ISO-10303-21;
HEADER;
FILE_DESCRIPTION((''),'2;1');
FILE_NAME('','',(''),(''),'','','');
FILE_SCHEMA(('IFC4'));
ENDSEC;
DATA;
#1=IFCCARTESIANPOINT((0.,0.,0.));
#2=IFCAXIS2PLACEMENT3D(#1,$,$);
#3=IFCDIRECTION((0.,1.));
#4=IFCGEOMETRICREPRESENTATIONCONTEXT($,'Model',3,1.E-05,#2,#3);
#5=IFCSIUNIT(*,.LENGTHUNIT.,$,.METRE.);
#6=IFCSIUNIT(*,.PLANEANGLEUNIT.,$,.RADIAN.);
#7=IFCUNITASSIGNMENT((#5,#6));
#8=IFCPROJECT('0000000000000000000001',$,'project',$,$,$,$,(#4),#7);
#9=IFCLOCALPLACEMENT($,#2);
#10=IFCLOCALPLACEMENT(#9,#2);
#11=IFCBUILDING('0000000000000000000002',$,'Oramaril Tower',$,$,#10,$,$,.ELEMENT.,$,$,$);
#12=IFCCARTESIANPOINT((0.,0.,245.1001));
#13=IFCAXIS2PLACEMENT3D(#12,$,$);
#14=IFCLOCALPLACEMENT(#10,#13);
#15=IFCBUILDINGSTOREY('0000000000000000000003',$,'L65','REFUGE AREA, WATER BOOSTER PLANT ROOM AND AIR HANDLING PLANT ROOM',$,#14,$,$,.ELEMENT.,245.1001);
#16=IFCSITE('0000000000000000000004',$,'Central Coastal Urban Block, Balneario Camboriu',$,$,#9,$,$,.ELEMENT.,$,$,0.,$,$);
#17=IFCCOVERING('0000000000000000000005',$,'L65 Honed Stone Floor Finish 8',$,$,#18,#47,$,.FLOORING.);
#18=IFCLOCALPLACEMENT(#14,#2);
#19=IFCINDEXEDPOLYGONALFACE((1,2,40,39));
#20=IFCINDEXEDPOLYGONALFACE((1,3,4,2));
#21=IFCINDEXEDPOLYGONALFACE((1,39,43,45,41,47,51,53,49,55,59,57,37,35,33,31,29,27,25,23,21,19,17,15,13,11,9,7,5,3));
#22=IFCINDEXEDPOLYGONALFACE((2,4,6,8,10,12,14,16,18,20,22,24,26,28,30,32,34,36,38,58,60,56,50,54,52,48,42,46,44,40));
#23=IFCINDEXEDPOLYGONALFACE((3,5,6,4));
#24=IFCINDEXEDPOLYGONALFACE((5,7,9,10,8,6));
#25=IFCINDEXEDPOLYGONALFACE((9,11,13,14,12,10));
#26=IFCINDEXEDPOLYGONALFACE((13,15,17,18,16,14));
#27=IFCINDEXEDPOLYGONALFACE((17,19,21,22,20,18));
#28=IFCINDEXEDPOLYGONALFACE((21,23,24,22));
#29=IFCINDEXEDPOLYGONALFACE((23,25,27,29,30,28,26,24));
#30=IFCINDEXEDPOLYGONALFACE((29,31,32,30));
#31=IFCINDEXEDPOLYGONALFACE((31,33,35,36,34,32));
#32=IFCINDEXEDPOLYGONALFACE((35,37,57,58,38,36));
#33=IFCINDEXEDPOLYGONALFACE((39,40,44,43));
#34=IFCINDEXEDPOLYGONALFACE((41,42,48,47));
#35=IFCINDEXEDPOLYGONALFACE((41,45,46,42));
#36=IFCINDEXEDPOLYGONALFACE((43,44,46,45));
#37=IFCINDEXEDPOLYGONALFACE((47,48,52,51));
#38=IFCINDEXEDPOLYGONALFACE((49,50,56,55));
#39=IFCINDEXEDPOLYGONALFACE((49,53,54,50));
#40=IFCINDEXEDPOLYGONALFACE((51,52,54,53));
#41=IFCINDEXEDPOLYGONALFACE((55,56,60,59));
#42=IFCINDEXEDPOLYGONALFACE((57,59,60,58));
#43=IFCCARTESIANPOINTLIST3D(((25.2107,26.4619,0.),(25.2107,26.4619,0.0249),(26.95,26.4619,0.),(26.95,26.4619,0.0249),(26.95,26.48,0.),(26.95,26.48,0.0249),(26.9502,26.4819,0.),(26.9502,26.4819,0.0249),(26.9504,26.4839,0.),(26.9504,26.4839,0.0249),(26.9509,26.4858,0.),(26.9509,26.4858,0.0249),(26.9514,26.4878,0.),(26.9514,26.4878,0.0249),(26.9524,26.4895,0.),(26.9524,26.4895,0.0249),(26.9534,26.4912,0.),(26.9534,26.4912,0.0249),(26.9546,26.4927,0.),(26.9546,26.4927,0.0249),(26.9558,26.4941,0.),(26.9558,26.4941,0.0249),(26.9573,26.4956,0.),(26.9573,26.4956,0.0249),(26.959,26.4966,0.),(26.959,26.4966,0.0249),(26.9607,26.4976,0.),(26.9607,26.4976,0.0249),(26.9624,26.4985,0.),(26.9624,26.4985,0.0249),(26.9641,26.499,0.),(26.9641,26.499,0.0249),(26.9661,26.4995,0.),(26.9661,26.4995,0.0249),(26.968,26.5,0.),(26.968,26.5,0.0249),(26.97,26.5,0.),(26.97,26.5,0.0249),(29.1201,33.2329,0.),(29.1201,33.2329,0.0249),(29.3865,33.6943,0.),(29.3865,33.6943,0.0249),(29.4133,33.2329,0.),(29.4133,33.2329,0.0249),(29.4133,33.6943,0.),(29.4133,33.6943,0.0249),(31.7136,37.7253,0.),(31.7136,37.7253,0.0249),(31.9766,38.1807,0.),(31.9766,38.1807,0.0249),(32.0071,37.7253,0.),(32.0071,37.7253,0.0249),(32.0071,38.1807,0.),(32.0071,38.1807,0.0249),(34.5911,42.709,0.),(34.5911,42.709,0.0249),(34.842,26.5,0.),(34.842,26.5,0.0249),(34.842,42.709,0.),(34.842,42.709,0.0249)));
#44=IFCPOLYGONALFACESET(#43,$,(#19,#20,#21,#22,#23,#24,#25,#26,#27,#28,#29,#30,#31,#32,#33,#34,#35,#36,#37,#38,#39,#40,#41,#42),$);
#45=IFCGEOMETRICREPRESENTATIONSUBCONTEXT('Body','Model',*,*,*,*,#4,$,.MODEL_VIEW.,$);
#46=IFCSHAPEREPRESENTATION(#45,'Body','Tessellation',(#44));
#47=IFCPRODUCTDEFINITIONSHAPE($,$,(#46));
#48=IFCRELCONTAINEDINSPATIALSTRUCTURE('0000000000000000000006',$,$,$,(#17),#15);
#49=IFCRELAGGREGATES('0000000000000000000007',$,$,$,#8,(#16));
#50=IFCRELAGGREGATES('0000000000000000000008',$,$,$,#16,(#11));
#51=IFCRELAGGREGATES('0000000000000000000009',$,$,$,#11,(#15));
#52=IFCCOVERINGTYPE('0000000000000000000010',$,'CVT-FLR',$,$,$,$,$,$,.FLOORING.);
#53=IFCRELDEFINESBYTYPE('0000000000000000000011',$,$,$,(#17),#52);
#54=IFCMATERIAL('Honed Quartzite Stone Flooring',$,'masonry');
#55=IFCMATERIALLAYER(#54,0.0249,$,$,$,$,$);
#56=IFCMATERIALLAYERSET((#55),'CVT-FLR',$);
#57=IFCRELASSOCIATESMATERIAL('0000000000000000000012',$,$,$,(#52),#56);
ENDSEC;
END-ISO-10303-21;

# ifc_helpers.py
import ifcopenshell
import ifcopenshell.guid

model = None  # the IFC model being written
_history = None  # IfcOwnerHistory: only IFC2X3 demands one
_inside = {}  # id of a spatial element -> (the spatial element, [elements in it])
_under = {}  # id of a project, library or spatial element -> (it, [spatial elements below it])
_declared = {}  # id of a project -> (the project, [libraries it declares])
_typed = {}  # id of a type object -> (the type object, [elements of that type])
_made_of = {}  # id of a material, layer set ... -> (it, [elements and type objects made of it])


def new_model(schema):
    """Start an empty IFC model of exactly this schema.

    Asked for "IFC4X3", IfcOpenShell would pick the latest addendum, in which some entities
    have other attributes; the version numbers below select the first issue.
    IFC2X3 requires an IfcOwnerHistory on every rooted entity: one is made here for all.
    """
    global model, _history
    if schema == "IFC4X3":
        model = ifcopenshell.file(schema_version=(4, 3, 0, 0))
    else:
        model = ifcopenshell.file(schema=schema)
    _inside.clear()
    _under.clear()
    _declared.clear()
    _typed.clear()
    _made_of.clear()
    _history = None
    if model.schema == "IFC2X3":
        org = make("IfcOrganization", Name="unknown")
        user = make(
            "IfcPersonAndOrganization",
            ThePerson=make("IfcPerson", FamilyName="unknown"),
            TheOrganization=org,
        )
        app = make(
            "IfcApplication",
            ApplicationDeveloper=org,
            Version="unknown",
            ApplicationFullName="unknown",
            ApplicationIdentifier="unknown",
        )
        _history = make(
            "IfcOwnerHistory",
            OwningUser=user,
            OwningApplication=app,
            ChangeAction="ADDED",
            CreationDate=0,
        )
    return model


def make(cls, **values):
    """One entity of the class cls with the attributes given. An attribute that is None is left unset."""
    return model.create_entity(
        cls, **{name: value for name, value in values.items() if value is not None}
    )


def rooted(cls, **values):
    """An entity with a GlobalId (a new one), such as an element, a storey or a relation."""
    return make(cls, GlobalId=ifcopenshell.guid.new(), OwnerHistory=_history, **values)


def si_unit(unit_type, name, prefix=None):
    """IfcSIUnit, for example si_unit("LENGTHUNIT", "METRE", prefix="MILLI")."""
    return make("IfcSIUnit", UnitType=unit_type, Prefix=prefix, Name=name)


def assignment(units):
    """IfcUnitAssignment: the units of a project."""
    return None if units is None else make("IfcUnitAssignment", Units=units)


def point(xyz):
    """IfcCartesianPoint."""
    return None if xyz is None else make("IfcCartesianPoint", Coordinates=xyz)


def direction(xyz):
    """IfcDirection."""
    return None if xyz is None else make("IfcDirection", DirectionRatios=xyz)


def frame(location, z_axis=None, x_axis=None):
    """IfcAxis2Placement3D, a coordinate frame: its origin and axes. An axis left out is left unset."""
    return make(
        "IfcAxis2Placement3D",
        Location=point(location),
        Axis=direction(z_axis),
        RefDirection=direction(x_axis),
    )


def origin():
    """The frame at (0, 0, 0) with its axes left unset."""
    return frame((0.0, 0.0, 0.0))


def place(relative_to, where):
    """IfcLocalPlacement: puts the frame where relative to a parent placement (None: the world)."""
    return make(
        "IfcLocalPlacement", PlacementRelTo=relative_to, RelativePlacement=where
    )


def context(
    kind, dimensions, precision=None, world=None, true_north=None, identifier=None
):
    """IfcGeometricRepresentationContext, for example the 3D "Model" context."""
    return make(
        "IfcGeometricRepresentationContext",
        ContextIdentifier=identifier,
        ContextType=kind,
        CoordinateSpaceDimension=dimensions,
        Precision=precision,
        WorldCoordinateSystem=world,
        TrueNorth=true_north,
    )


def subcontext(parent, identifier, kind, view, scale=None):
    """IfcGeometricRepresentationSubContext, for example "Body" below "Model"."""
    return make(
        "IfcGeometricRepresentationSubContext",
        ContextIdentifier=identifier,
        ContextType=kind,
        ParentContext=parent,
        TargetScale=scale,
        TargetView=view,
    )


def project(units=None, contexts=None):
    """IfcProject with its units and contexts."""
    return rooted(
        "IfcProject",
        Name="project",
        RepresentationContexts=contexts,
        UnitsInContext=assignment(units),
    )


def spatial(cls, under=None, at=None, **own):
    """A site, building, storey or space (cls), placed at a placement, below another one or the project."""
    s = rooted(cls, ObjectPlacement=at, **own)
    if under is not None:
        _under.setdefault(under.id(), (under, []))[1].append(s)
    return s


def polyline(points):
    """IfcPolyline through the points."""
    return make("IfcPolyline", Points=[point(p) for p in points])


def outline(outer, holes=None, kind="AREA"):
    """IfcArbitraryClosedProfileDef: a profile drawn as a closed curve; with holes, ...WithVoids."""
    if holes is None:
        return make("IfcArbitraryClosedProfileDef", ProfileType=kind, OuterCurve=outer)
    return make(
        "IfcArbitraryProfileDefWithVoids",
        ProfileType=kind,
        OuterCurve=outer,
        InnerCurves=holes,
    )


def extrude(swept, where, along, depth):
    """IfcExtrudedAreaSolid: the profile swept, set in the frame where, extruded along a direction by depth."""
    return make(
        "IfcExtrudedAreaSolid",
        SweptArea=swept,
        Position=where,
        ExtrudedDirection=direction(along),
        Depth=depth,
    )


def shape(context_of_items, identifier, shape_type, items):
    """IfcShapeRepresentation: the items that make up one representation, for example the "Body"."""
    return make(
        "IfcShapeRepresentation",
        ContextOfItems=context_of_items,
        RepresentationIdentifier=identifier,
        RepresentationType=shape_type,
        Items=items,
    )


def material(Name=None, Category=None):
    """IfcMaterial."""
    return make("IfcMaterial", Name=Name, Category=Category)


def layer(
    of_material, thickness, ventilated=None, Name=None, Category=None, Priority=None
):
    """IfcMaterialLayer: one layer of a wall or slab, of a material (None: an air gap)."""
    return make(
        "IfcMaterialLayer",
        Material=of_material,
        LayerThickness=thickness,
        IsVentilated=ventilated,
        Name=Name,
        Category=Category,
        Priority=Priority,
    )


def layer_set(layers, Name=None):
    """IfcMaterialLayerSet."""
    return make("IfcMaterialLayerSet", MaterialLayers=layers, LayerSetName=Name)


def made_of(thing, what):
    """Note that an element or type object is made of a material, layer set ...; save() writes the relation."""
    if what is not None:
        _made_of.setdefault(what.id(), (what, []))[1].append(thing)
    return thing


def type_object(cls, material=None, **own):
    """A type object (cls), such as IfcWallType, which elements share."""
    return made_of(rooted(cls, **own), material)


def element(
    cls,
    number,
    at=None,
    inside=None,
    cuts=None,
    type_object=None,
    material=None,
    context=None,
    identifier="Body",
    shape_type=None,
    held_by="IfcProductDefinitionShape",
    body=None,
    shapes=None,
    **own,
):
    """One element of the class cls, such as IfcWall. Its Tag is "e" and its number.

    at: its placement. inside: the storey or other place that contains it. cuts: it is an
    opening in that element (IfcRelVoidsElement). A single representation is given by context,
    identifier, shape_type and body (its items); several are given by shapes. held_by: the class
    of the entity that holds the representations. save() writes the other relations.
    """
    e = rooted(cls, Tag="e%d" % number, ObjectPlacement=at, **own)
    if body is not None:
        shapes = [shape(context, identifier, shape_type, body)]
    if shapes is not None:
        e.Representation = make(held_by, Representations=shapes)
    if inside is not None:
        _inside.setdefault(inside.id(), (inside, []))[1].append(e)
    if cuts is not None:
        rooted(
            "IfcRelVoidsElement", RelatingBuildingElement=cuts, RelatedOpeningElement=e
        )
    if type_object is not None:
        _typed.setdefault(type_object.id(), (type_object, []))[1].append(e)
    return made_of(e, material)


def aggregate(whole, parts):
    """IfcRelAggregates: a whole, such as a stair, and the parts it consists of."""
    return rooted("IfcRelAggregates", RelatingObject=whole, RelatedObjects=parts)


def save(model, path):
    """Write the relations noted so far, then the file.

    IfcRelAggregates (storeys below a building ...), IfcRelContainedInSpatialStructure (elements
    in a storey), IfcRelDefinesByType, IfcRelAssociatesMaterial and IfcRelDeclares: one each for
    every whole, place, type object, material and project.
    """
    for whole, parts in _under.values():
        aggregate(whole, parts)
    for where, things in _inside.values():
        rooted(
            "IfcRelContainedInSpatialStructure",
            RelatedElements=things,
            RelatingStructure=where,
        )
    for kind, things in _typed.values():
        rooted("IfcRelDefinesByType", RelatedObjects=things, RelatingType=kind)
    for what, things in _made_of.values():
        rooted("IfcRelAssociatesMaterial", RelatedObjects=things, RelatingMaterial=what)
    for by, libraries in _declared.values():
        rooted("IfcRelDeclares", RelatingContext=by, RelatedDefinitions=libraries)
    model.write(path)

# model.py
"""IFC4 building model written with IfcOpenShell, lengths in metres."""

from ifc_helpers import new_model, si_unit, direction, frame, origin, place, context, subcontext, project, spatial, polyline, outline, extrude, material, layer, layer_set, type_object, element, save


model = new_model("IFC4")

# Units and contexts
model_context = context("Model", 3, precision=1e-05, world=origin(), true_north=direction((0.0, 1.0)))
body_context = subcontext(model_context, "Body", "Model", "MODEL_VIEW")
ifc_project = project(units=[si_unit("LENGTHUNIT", "METRE"), si_unit("PLANEANGLEUNIT", "RADIAN")], contexts=[model_context])

# Site, building, storey
site_placement = place(None, origin())
site = spatial("IfcSite", under=ifc_project, at=site_placement, Name="Central Coastal Urban Block, Balneario Camboriu", CompositionType="ELEMENT", RefElevation=0.0)
building_placement = place(site_placement, origin())
building = spatial("IfcBuilding", under=site, at=building_placement, Name="Oramaril Tower", CompositionType="ELEMENT")
storey_placement = place(building_placement, frame((0.0, 0.0, 245.1001)))
storey = spatial("IfcBuildingStorey", under=building, at=storey_placement, Name="L65", Description="REFUGE AREA, WATER BOOSTER PLANT ROOM AND AIR HANDLING PLANT ROOM", CompositionType="ELEMENT", Elevation=245.1001)

# Covering
ifc_material_1 = material(Name="Honed Quartzite Stone Flooring", Category="masonry")
ifc_layer_1 = layer(ifc_material_1, 0.0249)
ifc_layer_set_1 = layer_set([ifc_layer_1], Name="CVT-FLR")
covering_type_1 = type_object("IfcCoveringType", Name="CVT-FLR", PredefinedType="FLOORING", material=ifc_layer_set_1)
covering_1_placement = place(storey_placement, origin())
element("IfcCovering", 1, at=covering_1_placement, inside=storey, type_object=covering_type_1, Name="L65 Honed Stone Floor Finish 8", PredefinedType="FLOORING", context=body_context, shape_type="SweptSolid", body=[
    extrude(outline(polyline([(29.4133, 33.2329), (29.4133, 33.6943), (29.3865, 33.6943), (31.7136, 37.7253), (32.0071, 37.7253), (32.0071, 38.1807), (31.9766, 38.1807), (34.5911, 42.709), (34.842, 42.709), (34.842, 26.5), (26.97, 26.5), (26.968, 26.5), (26.9661, 26.4995), (26.9641, 26.499), (26.9624, 26.4985), (26.9607, 26.4976), (26.959, 26.4966), (26.9573, 26.4956), (26.9558, 26.4941), (26.9546, 26.4927), (26.9534, 26.4912), (26.9524, 26.4895), (26.9514, 26.4878), (26.9509, 26.4858), (26.9504, 26.4839), (26.9502, 26.4819), (26.95, 26.48), (26.95, 26.4619), (25.2107, 26.4619), (29.1201, 33.2329), (29.4133, 33.2329)])), origin(), (0.0, 0.0, 1.0), 0.0249),
])

save(model, "model.ifc")
